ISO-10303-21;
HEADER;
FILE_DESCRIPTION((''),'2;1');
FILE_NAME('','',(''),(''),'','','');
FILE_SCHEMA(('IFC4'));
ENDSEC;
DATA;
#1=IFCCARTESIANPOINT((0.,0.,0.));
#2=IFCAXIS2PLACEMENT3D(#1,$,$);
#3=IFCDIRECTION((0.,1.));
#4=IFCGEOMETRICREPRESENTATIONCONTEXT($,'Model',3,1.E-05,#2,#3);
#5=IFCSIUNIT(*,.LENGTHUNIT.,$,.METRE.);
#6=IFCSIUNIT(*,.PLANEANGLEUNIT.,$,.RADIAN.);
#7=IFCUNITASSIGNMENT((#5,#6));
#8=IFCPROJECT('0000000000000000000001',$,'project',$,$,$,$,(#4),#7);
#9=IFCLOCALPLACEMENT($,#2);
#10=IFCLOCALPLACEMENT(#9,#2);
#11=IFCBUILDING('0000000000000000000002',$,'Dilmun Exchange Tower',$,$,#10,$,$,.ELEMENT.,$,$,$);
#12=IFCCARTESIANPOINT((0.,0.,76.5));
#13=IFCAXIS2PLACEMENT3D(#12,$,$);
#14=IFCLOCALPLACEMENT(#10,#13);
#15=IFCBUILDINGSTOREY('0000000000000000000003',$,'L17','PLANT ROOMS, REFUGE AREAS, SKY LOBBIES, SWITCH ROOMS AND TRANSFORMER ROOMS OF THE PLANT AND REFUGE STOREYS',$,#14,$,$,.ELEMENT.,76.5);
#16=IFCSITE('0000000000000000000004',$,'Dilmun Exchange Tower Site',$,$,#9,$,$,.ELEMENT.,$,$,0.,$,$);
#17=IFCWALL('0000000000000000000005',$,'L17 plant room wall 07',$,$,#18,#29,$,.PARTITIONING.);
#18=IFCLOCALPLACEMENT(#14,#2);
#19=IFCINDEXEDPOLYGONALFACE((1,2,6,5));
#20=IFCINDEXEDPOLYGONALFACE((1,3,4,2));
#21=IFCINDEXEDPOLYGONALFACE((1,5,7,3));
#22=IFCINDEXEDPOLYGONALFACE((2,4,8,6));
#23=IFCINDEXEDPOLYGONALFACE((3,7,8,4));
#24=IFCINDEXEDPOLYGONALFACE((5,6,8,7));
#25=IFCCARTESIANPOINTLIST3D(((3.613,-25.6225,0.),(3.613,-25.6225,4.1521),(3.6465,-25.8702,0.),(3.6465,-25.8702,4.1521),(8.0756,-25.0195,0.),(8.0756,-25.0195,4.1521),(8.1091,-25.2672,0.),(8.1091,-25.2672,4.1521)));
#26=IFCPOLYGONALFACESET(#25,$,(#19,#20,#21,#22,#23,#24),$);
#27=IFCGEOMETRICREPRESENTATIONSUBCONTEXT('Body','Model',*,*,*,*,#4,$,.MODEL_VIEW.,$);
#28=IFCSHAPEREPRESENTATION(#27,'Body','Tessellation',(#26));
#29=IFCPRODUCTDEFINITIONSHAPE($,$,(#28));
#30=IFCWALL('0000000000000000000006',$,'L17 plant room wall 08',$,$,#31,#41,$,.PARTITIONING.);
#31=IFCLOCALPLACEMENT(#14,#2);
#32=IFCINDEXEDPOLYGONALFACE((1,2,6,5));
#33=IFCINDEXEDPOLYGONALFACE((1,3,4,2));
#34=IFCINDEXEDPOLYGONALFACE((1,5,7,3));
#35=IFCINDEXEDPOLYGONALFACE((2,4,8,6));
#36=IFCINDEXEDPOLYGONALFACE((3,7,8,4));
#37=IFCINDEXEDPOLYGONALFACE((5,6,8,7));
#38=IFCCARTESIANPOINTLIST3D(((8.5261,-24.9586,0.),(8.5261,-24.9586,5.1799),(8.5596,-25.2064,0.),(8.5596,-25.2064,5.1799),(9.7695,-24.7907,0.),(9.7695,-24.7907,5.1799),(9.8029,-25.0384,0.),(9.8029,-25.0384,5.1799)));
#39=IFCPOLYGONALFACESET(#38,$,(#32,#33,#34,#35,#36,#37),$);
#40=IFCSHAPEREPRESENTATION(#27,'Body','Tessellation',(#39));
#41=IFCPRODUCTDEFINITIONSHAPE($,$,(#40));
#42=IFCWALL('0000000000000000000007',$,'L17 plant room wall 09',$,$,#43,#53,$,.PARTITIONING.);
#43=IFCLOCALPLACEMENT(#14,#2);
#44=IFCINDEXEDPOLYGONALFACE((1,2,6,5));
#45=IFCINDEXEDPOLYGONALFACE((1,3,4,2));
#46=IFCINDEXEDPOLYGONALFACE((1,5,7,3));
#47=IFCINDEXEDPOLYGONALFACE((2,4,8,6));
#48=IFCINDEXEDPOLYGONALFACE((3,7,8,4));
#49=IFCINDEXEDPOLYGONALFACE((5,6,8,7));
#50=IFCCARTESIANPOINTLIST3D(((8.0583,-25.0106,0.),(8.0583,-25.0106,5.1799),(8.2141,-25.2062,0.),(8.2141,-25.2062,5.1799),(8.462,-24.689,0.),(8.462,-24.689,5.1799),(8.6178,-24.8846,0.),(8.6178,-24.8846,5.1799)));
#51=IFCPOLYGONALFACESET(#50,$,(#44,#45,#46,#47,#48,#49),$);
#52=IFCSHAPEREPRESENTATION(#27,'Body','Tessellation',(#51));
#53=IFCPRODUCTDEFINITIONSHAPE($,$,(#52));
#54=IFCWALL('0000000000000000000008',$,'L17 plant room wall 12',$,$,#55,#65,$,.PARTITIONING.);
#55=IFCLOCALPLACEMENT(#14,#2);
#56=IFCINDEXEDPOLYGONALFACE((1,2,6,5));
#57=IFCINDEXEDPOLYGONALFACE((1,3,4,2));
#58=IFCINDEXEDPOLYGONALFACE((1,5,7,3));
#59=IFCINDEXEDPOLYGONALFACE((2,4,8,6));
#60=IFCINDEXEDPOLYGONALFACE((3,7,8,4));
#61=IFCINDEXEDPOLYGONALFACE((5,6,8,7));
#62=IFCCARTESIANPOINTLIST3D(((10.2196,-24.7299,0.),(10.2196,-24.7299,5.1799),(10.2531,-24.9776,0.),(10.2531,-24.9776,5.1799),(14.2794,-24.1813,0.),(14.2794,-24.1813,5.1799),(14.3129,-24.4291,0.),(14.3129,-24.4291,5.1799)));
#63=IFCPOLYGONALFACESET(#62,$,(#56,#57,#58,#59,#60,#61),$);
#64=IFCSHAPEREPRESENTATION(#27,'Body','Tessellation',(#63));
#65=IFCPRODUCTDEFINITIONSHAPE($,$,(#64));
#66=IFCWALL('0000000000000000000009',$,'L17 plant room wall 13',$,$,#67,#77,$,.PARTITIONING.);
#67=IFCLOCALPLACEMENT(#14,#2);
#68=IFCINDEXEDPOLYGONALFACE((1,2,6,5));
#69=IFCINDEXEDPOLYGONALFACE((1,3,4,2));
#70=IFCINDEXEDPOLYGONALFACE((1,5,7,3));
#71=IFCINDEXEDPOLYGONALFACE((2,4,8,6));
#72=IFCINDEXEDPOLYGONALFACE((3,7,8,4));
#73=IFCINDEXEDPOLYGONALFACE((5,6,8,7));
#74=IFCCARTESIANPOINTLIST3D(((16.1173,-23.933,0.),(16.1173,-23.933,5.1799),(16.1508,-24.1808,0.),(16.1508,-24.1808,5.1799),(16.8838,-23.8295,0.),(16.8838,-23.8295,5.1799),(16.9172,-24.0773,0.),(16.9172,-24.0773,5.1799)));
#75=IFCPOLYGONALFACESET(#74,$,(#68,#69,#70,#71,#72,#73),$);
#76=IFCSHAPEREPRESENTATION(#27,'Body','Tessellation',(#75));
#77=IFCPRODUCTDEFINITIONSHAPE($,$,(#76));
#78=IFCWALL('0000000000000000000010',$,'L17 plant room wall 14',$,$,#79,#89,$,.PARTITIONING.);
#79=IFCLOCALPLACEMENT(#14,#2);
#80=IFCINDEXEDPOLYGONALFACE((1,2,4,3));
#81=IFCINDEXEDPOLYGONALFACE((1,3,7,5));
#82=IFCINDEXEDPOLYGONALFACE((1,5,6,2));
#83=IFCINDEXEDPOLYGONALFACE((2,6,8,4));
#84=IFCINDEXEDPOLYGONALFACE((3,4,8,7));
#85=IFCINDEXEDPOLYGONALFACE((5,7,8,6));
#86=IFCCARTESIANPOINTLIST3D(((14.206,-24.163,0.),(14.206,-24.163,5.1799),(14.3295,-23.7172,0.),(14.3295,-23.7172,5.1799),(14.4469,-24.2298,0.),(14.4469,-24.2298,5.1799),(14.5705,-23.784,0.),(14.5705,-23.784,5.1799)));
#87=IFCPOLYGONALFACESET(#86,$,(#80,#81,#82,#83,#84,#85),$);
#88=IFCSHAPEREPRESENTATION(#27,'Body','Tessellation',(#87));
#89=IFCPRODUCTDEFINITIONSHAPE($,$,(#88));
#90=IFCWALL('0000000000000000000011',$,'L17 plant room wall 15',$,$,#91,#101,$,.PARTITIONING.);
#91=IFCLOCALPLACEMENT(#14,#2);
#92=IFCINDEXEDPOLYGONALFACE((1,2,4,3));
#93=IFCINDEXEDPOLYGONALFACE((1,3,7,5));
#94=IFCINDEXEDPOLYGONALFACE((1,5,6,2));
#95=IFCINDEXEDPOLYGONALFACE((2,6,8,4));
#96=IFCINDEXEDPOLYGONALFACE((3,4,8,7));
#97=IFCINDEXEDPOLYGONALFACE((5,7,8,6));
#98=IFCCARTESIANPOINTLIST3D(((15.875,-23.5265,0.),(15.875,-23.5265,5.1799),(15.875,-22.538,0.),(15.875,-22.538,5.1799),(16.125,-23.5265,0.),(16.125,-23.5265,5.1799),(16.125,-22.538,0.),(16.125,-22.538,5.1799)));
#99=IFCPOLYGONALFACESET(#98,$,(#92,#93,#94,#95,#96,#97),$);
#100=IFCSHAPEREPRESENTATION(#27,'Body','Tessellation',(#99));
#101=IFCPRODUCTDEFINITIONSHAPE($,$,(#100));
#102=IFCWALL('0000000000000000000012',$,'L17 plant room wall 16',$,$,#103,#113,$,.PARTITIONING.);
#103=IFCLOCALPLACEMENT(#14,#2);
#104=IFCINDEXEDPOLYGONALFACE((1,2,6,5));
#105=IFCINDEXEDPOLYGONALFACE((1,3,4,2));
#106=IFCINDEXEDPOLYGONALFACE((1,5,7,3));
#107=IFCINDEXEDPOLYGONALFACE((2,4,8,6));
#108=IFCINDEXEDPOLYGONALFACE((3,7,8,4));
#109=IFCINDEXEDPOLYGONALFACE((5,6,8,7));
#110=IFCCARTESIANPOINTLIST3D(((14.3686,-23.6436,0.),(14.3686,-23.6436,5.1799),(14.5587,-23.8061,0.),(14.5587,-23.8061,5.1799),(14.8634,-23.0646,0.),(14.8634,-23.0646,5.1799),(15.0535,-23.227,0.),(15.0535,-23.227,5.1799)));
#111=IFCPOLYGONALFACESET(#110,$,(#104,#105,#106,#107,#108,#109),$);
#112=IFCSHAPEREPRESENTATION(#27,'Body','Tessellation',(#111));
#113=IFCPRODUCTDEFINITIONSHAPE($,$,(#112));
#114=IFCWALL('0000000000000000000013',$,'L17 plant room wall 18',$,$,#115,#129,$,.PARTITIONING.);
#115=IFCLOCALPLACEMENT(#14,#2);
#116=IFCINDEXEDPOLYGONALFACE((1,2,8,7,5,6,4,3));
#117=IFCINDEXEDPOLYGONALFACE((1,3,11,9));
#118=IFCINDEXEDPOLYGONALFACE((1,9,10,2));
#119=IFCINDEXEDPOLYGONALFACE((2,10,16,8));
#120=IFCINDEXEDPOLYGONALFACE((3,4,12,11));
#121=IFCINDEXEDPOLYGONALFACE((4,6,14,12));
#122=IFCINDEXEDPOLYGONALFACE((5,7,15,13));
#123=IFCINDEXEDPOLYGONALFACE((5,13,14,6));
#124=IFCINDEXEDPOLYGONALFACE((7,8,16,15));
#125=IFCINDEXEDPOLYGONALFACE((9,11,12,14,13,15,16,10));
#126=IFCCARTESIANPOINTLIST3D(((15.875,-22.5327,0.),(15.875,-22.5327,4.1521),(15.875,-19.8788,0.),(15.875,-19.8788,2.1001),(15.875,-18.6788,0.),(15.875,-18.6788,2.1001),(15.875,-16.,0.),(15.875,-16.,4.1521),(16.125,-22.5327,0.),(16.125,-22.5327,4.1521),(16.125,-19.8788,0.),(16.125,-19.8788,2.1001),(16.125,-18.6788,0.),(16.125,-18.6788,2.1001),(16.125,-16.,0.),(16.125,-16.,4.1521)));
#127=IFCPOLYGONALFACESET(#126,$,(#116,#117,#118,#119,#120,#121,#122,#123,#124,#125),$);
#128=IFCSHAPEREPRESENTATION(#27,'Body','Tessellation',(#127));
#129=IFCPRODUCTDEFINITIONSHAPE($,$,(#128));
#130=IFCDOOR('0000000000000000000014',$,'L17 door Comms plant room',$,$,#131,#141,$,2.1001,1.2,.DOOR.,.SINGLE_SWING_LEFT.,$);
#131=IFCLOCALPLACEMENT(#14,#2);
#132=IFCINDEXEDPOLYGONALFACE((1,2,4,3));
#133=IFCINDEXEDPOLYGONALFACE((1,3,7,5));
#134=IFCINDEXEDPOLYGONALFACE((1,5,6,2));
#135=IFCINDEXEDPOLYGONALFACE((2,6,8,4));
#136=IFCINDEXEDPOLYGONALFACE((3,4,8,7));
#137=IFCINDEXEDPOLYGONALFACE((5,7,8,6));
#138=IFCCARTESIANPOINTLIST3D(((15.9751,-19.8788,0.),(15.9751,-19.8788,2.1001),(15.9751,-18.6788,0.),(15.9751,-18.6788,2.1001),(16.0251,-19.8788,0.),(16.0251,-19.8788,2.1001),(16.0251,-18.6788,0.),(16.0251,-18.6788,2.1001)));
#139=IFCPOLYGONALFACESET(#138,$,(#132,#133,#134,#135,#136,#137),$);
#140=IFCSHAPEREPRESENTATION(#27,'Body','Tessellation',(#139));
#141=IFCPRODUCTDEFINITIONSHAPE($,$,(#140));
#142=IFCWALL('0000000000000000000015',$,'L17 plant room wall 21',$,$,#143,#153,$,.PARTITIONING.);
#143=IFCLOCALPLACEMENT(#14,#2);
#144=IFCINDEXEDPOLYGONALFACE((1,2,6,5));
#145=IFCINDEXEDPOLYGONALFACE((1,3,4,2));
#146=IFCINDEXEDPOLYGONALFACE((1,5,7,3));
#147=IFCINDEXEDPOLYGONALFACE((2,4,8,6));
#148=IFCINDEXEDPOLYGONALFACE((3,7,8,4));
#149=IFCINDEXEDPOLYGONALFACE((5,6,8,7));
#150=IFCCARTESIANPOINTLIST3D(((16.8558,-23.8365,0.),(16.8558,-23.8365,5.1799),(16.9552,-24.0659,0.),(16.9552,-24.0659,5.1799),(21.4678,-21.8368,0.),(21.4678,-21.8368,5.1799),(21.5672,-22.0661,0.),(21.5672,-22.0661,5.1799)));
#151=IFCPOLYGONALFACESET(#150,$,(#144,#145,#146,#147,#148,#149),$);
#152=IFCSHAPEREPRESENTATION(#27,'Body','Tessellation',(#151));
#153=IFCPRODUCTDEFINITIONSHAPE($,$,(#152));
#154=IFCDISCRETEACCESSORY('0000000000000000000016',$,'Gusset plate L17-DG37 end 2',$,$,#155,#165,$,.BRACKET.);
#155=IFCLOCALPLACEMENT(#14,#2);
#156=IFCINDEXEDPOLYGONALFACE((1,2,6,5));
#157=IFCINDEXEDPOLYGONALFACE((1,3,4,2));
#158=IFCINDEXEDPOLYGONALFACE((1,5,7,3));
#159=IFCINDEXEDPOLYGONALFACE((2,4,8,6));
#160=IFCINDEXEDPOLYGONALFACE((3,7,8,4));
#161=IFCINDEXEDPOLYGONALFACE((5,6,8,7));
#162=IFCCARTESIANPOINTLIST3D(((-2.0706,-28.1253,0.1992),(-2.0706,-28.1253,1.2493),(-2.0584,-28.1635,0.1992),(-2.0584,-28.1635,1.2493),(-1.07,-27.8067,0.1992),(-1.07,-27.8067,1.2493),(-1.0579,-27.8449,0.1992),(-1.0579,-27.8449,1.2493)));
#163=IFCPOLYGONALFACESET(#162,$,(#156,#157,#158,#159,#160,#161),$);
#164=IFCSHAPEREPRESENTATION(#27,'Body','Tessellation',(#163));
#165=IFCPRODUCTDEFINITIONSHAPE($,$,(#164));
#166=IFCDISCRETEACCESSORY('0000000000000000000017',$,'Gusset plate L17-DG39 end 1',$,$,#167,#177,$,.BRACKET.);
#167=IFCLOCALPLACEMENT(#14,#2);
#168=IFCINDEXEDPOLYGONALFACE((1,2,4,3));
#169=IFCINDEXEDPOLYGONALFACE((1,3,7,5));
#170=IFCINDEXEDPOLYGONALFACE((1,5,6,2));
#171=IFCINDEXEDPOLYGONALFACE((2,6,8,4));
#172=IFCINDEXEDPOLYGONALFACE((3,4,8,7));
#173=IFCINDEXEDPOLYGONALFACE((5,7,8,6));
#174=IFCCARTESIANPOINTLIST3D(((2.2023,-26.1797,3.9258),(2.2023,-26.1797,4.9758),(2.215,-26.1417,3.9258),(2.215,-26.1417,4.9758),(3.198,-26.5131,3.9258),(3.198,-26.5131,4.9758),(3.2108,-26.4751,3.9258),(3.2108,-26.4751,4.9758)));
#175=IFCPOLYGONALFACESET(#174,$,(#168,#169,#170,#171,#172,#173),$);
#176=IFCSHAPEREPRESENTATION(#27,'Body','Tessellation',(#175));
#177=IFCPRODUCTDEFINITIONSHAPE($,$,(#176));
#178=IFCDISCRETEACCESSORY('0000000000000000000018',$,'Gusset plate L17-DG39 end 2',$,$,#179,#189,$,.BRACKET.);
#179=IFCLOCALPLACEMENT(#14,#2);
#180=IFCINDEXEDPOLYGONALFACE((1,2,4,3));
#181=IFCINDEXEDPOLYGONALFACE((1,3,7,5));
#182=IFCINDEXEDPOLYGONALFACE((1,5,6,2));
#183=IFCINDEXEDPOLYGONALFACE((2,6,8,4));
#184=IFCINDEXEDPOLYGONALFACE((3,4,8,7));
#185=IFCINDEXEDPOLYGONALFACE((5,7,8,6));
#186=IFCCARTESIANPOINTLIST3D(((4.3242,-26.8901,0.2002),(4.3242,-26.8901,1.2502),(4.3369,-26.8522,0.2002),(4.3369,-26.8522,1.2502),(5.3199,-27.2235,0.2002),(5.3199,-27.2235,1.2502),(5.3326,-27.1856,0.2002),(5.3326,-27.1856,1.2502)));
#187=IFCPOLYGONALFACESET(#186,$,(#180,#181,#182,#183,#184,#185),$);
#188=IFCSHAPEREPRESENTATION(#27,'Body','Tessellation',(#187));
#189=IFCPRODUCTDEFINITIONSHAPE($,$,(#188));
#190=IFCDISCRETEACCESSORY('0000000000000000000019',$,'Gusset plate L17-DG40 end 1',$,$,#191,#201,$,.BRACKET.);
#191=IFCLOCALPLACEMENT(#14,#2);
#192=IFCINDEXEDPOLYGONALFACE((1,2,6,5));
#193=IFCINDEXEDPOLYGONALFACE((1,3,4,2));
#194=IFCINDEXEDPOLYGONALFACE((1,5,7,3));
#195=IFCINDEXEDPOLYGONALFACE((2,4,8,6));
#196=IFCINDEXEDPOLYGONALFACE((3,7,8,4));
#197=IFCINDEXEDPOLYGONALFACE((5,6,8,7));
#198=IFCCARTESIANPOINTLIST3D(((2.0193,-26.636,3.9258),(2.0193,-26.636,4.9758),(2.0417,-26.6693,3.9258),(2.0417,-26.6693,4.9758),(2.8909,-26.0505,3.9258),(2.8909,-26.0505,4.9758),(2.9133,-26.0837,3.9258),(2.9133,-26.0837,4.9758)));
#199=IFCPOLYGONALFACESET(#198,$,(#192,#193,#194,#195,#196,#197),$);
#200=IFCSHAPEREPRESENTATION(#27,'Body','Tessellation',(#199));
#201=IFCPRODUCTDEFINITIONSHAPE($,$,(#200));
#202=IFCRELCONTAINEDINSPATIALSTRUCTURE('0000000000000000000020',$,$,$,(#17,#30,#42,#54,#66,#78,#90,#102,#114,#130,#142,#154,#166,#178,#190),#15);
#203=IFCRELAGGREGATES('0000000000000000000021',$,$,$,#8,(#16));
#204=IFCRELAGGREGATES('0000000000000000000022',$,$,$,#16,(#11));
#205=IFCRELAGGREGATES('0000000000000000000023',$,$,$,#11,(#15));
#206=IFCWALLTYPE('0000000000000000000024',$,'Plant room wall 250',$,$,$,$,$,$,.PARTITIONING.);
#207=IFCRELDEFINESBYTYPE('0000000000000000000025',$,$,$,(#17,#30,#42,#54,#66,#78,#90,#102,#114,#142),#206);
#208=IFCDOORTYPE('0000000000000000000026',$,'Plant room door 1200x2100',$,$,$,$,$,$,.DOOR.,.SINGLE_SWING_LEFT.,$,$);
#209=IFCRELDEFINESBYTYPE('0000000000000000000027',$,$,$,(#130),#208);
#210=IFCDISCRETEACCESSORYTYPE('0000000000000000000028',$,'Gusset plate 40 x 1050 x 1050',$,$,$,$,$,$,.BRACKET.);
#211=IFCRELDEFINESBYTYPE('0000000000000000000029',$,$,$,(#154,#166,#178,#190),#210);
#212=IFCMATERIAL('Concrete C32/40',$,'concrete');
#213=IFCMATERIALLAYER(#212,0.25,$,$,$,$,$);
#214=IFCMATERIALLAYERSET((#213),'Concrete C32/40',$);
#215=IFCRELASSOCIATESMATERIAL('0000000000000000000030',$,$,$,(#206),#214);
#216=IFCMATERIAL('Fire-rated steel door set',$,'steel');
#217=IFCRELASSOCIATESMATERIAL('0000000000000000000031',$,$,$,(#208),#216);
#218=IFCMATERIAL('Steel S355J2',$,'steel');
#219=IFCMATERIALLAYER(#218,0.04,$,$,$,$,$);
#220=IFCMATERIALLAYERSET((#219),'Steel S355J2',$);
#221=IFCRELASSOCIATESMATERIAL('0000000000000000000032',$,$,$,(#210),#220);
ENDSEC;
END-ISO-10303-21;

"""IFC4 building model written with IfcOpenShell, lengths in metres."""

from ifc_helpers import new_model, si_unit, direction, frame, frame_2d, origin, origin_2d, place, context, subcontext, project, spatial, rectangle, extrude, material, layer, layer_set, type_object, element, fill, save


model = new_model("IFC4")

# Units and contexts
model_context = context("Model", 3, precision=1e-05, world=origin(), true_north=direction((0.0, 1.0)))
body_context = subcontext(model_context, "Body", "Model", "MODEL_VIEW")
ifc_project = project(units=[si_unit("LENGTHUNIT", "METRE"), si_unit("PLANEANGLEUNIT", "RADIAN")], contexts=[model_context])

# Site, building, storey
site_placement = place(None, origin())
site = spatial("IfcSite", under=ifc_project, at=site_placement, Name="Dilmun Exchange Tower Site", CompositionType="ELEMENT", RefElevation=0.0)
building_placement = place(site_placement, origin())
building = spatial("IfcBuilding", under=site, at=building_placement, Name="Dilmun Exchange Tower", CompositionType="ELEMENT")
storey_placement = place(building_placement, frame((0.0, 0.0, 76.5)))
storey = spatial("IfcBuildingStorey", under=building, at=storey_placement, Name="L17", Description="PLANT ROOMS, REFUGE AREAS, SKY LOBBIES, SWITCH ROOMS AND TRANSFORMER ROOMS OF THE PLANT AND REFUGE STOREYS", CompositionType="ELEMENT", Elevation=76.5)

# Walls
ifc_material_1 = material(Name="Concrete C32/40", Category="concrete")
ifc_layer_1 = layer(ifc_material_1, 0.25)
ifc_layer_set_1 = layer_set([ifc_layer_1], Name="Concrete C32/40")
wall_type = type_object("IfcWallType", Name="Plant room wall 250", PredefinedType="PARTITIONING", material=ifc_layer_set_1)
wall_1_placement = place(storey_placement, frame((3.6299, -25.7463, 0.0), z_axis=(0.0, 0.0, 1.0), x_axis=(0.990993, 0.133911, 0.0)))
element("IfcWall", 1, at=wall_1_placement, inside=storey, type_object=wall_type, Name="L17 plant room wall 07", PredefinedType="PARTITIONING", context=body_context, shape_type="SweptSolid", body=[
    extrude(rectangle(XDim=4.5032, YDim=0.25, at=frame_2d((2.2515, 0.0))), origin(), (0.0, 0.0, 1.0), 4.1521),
])
wall_2_placement = place(storey_placement, frame((8.5427, -25.0825, 0.0), z_axis=(0.0, 0.0, 1.0), x_axis=(0.990999, 0.133871, 0.0)))
element("IfcWall", 2, at=wall_2_placement, inside=storey, type_object=wall_type, Name="L17 plant room wall 08", PredefinedType="PARTITIONING", context=body_context, shape_type="SweptSolid", body=[
    extrude(rectangle(XDim=1.2546, YDim=0.25, at=frame_2d((0.6274, 0.0))), origin(), (0.0, 0.0, 1.0), 5.1799),
])
wall_3_placement = place(storey_placement, frame((8.1362, -25.1084, 0.0), z_axis=(0.0, 0.0, 1.0), x_axis=(0.782114, 0.623136, 0.0)))
element("IfcWall", 3, at=wall_3_placement, inside=storey, type_object=wall_type, Name="L17 plant room wall 09", PredefinedType="PARTITIONING", context=body_context, shape_type="SweptSolid", body=[
    extrude(rectangle(XDim=0.5161, YDim=0.25, at=frame_2d((0.2581, 0.0))), origin(), (0.0, 0.0, 1.0), 5.1799),
])
wall_4_placement = place(storey_placement, frame((10.2363, -24.8538, 0.0), z_axis=(0.0, 0.0, 1.0), x_axis=(0.990994, 0.133908, 0.0)))
element("IfcWall", 4, at=wall_4_placement, inside=storey, type_object=wall_type, Name="L17 plant room wall 12", PredefinedType="PARTITIONING", context=body_context, shape_type="SweptSolid", body=[
    extrude(rectangle(XDim=4.0967, YDim=0.25, at=frame_2d((2.0483, 0.0))), origin(), (0.0, 0.0, 1.0), 5.1799),
])
wall_5_placement = place(storey_placement, frame((16.134, -24.0569, 0.0), z_axis=(0.0, 0.0, 1.0), x_axis=(0.991006, 0.133817, 0.0)))
element("IfcWall", 5, at=wall_5_placement, inside=storey, type_object=wall_type, Name="L17 plant room wall 13", PredefinedType="PARTITIONING", context=body_context, shape_type="SweptSolid", body=[
    extrude(rectangle(XDim=0.7734, YDim=0.25, at=frame_2d((0.3867, 0.0))), origin(), (0.0, 0.0, 1.0), 5.1799),
])
wall_6_placement = place(storey_placement, frame((14.3264, -24.1965, 0.0), z_axis=(0.0, 0.0, 1.0), x_axis=(0.267045, 0.963684, 0.0)))
element("IfcWall", 6, at=wall_6_placement, inside=storey, type_object=wall_type, Name="L17 plant room wall 14", PredefinedType="PARTITIONING", context=body_context, shape_type="SweptSolid", body=[
    extrude(rectangle(XDim=0.4626, YDim=0.25, at=frame_2d((0.2314, 0.0))), origin(), (0.0, 0.0, 1.0), 5.1799),
])
wall_7_placement = place(storey_placement, frame((16.0, -23.5264, 0.0), z_axis=(0.0, 0.0, 1.0), x_axis=(0.0, 1.0, 0.0)))
element("IfcWall", 7, at=wall_7_placement, inside=storey, type_object=wall_type, Name="L17 plant room wall 15", PredefinedType="PARTITIONING", context=body_context, shape_type="SweptSolid", body=[
    extrude(rectangle(XDim=0.9885, YDim=0.25, at=frame_2d((0.4941, 0.0))), origin(), (0.0, 0.0, 1.0), 5.1799),
])
wall_8_placement = place(storey_placement, frame((14.4636, -23.7249, 0.0), z_axis=(0.0, 0.0, 1.0), x_axis=(0.649656, 0.760229, 0.0)))
element("IfcWall", 8, at=wall_8_placement, inside=storey, type_object=wall_type, Name="L17 plant room wall 16", PredefinedType="PARTITIONING", context=body_context, shape_type="SweptSolid", body=[
    extrude(rectangle(XDim=0.7617, YDim=0.25, at=frame_2d((0.3809, 0.0))), origin(), (0.0, 0.0, 1.0), 5.1799),
])

# Wall, opening, door
wall_9_placement = place(storey_placement, frame((16.0, -22.5327, 0.0), z_axis=(0.0, 0.0, 1.0), x_axis=(0.0, 1.0, 0.0)))
wall_9 = element("IfcWall", 9, at=wall_9_placement, inside=storey, type_object=wall_type, Name="L17 plant room wall 18", PredefinedType="PARTITIONING", context=body_context, shape_type="SweptSolid", body=[
    extrude(rectangle(XDim=6.5327, YDim=0.25, at=frame_2d((3.2664, 0.0))), origin(), (0.0, 0.0, 1.0), 4.1521),
])
opening_placement = place(wall_9_placement, frame((2.6538, 0.0, 0.0)))
opening = element("IfcOpeningElement", 10, at=opening_placement, cuts=wall_9, PredefinedType="OPENING", context=body_context, shape_type="SweptSolid", body=[
    extrude(rectangle(XDim=1.2, YDim=2.1001, at=frame_2d((0.6001, 1.05))), frame((0.0, 0.135, 0.0), z_axis=(0.0, -1.0, 0.0), x_axis=(1.0, 0.0, 0.0)), (0.0, 0.0, 1.0), 0.27),
])
ifc_material_2 = material(Name="Fire-rated steel door set", Category="steel")
door_type = type_object("IfcDoorType", Name="Plant room door 1200x2100", OperationType="SINGLE_SWING_LEFT", PredefinedType="DOOR", material=ifc_material_2)
door_placement = place(opening_placement, origin())
door = element("IfcDoor", 11, at=door_placement, inside=storey, type_object=door_type, Name="L17 door Comms plant room", OperationType="SINGLE_SWING_LEFT", OverallHeight=2.1001, OverallWidth=1.2, PredefinedType="DOOR", context=body_context, shape_type="SweptSolid", body=[
    extrude(rectangle(XDim=1.2, YDim=2.1001, at=frame_2d((0.6001, 1.05))), frame((0.0, 0.0249, 0.0), z_axis=(0.0, -1.0, 0.0), x_axis=(1.0, 0.0, 0.0)), (0.0, 0.0, 1.0), 0.05),
])
fill(opening, door)

# Wall
wall_10_placement = place(storey_placement, frame((16.9055, -23.9512, 0.0), z_axis=(0.0, 0.0, 1.0), x_axis=(0.917469, 0.397808, 0.0)))
element("IfcWall", 12, at=wall_10_placement, inside=storey, type_object=wall_type, Name="L17 plant room wall 21", PredefinedType="PARTITIONING", context=body_context, shape_type="SweptSolid", body=[
    extrude(rectangle(XDim=5.0269, YDim=0.25, at=frame_2d((2.5134, 0.0))), origin(), (0.0, 0.0, 1.0), 5.1799),
])

# Discrete accessories
ifc_material_3 = material(Name="Steel S355J2", Category="steel")
ifc_layer_2 = layer(ifc_material_3, 0.04)
ifc_layer_set_2 = layer_set([ifc_layer_2], Name="Steel S355J2")
discrete_accessory_type = type_object("IfcDiscreteAccessoryType", Name="Gusset plate 40 x 1050 x 1050", PredefinedType="BRACKET", material=ifc_layer_set_2)
for number, where, z_axis, x_axis, name in (
    (13, (-1.5642, -27.9851, 0.1992), (0.0, 0.0, 1.0), (0.952856, 0.303423, 0.0), "Gusset plate L17-DG37 end 2"),
    (14, (2.7065, -26.3274, 3.9258), (0.0, 0.0, 1.0), (0.948256, -0.317508, 0.0), "Gusset plate L17-DG39 end 1"),
    (15, (4.8284, -27.0378, 0.2002), (0.0, 0.0, 1.0), (0.948256, -0.317508, 0.0), "Gusset plate L17-DG39 end 2"),
    (16, (2.4663, -26.3599, 3.9258), (0.0, 0.0, 1.0), (-0.830064, -0.557668, 0.0), "Gusset plate L17-DG40 end 1"),
):
    element("IfcDiscreteAccessory", number, at=place(storey_placement, frame(where, z_axis=z_axis, x_axis=x_axis)), inside=storey, type_object=discrete_accessory_type, Name=name, PredefinedType="BRACKET", context=body_context, shape_type="SweptSolid", body=[
        extrude(rectangle(XDim=1.05, YDim=0.04, at=origin_2d()), origin(), (0.0, 0.0, 1.0), 1.05),
    ])

save(model, "model.ifc")
